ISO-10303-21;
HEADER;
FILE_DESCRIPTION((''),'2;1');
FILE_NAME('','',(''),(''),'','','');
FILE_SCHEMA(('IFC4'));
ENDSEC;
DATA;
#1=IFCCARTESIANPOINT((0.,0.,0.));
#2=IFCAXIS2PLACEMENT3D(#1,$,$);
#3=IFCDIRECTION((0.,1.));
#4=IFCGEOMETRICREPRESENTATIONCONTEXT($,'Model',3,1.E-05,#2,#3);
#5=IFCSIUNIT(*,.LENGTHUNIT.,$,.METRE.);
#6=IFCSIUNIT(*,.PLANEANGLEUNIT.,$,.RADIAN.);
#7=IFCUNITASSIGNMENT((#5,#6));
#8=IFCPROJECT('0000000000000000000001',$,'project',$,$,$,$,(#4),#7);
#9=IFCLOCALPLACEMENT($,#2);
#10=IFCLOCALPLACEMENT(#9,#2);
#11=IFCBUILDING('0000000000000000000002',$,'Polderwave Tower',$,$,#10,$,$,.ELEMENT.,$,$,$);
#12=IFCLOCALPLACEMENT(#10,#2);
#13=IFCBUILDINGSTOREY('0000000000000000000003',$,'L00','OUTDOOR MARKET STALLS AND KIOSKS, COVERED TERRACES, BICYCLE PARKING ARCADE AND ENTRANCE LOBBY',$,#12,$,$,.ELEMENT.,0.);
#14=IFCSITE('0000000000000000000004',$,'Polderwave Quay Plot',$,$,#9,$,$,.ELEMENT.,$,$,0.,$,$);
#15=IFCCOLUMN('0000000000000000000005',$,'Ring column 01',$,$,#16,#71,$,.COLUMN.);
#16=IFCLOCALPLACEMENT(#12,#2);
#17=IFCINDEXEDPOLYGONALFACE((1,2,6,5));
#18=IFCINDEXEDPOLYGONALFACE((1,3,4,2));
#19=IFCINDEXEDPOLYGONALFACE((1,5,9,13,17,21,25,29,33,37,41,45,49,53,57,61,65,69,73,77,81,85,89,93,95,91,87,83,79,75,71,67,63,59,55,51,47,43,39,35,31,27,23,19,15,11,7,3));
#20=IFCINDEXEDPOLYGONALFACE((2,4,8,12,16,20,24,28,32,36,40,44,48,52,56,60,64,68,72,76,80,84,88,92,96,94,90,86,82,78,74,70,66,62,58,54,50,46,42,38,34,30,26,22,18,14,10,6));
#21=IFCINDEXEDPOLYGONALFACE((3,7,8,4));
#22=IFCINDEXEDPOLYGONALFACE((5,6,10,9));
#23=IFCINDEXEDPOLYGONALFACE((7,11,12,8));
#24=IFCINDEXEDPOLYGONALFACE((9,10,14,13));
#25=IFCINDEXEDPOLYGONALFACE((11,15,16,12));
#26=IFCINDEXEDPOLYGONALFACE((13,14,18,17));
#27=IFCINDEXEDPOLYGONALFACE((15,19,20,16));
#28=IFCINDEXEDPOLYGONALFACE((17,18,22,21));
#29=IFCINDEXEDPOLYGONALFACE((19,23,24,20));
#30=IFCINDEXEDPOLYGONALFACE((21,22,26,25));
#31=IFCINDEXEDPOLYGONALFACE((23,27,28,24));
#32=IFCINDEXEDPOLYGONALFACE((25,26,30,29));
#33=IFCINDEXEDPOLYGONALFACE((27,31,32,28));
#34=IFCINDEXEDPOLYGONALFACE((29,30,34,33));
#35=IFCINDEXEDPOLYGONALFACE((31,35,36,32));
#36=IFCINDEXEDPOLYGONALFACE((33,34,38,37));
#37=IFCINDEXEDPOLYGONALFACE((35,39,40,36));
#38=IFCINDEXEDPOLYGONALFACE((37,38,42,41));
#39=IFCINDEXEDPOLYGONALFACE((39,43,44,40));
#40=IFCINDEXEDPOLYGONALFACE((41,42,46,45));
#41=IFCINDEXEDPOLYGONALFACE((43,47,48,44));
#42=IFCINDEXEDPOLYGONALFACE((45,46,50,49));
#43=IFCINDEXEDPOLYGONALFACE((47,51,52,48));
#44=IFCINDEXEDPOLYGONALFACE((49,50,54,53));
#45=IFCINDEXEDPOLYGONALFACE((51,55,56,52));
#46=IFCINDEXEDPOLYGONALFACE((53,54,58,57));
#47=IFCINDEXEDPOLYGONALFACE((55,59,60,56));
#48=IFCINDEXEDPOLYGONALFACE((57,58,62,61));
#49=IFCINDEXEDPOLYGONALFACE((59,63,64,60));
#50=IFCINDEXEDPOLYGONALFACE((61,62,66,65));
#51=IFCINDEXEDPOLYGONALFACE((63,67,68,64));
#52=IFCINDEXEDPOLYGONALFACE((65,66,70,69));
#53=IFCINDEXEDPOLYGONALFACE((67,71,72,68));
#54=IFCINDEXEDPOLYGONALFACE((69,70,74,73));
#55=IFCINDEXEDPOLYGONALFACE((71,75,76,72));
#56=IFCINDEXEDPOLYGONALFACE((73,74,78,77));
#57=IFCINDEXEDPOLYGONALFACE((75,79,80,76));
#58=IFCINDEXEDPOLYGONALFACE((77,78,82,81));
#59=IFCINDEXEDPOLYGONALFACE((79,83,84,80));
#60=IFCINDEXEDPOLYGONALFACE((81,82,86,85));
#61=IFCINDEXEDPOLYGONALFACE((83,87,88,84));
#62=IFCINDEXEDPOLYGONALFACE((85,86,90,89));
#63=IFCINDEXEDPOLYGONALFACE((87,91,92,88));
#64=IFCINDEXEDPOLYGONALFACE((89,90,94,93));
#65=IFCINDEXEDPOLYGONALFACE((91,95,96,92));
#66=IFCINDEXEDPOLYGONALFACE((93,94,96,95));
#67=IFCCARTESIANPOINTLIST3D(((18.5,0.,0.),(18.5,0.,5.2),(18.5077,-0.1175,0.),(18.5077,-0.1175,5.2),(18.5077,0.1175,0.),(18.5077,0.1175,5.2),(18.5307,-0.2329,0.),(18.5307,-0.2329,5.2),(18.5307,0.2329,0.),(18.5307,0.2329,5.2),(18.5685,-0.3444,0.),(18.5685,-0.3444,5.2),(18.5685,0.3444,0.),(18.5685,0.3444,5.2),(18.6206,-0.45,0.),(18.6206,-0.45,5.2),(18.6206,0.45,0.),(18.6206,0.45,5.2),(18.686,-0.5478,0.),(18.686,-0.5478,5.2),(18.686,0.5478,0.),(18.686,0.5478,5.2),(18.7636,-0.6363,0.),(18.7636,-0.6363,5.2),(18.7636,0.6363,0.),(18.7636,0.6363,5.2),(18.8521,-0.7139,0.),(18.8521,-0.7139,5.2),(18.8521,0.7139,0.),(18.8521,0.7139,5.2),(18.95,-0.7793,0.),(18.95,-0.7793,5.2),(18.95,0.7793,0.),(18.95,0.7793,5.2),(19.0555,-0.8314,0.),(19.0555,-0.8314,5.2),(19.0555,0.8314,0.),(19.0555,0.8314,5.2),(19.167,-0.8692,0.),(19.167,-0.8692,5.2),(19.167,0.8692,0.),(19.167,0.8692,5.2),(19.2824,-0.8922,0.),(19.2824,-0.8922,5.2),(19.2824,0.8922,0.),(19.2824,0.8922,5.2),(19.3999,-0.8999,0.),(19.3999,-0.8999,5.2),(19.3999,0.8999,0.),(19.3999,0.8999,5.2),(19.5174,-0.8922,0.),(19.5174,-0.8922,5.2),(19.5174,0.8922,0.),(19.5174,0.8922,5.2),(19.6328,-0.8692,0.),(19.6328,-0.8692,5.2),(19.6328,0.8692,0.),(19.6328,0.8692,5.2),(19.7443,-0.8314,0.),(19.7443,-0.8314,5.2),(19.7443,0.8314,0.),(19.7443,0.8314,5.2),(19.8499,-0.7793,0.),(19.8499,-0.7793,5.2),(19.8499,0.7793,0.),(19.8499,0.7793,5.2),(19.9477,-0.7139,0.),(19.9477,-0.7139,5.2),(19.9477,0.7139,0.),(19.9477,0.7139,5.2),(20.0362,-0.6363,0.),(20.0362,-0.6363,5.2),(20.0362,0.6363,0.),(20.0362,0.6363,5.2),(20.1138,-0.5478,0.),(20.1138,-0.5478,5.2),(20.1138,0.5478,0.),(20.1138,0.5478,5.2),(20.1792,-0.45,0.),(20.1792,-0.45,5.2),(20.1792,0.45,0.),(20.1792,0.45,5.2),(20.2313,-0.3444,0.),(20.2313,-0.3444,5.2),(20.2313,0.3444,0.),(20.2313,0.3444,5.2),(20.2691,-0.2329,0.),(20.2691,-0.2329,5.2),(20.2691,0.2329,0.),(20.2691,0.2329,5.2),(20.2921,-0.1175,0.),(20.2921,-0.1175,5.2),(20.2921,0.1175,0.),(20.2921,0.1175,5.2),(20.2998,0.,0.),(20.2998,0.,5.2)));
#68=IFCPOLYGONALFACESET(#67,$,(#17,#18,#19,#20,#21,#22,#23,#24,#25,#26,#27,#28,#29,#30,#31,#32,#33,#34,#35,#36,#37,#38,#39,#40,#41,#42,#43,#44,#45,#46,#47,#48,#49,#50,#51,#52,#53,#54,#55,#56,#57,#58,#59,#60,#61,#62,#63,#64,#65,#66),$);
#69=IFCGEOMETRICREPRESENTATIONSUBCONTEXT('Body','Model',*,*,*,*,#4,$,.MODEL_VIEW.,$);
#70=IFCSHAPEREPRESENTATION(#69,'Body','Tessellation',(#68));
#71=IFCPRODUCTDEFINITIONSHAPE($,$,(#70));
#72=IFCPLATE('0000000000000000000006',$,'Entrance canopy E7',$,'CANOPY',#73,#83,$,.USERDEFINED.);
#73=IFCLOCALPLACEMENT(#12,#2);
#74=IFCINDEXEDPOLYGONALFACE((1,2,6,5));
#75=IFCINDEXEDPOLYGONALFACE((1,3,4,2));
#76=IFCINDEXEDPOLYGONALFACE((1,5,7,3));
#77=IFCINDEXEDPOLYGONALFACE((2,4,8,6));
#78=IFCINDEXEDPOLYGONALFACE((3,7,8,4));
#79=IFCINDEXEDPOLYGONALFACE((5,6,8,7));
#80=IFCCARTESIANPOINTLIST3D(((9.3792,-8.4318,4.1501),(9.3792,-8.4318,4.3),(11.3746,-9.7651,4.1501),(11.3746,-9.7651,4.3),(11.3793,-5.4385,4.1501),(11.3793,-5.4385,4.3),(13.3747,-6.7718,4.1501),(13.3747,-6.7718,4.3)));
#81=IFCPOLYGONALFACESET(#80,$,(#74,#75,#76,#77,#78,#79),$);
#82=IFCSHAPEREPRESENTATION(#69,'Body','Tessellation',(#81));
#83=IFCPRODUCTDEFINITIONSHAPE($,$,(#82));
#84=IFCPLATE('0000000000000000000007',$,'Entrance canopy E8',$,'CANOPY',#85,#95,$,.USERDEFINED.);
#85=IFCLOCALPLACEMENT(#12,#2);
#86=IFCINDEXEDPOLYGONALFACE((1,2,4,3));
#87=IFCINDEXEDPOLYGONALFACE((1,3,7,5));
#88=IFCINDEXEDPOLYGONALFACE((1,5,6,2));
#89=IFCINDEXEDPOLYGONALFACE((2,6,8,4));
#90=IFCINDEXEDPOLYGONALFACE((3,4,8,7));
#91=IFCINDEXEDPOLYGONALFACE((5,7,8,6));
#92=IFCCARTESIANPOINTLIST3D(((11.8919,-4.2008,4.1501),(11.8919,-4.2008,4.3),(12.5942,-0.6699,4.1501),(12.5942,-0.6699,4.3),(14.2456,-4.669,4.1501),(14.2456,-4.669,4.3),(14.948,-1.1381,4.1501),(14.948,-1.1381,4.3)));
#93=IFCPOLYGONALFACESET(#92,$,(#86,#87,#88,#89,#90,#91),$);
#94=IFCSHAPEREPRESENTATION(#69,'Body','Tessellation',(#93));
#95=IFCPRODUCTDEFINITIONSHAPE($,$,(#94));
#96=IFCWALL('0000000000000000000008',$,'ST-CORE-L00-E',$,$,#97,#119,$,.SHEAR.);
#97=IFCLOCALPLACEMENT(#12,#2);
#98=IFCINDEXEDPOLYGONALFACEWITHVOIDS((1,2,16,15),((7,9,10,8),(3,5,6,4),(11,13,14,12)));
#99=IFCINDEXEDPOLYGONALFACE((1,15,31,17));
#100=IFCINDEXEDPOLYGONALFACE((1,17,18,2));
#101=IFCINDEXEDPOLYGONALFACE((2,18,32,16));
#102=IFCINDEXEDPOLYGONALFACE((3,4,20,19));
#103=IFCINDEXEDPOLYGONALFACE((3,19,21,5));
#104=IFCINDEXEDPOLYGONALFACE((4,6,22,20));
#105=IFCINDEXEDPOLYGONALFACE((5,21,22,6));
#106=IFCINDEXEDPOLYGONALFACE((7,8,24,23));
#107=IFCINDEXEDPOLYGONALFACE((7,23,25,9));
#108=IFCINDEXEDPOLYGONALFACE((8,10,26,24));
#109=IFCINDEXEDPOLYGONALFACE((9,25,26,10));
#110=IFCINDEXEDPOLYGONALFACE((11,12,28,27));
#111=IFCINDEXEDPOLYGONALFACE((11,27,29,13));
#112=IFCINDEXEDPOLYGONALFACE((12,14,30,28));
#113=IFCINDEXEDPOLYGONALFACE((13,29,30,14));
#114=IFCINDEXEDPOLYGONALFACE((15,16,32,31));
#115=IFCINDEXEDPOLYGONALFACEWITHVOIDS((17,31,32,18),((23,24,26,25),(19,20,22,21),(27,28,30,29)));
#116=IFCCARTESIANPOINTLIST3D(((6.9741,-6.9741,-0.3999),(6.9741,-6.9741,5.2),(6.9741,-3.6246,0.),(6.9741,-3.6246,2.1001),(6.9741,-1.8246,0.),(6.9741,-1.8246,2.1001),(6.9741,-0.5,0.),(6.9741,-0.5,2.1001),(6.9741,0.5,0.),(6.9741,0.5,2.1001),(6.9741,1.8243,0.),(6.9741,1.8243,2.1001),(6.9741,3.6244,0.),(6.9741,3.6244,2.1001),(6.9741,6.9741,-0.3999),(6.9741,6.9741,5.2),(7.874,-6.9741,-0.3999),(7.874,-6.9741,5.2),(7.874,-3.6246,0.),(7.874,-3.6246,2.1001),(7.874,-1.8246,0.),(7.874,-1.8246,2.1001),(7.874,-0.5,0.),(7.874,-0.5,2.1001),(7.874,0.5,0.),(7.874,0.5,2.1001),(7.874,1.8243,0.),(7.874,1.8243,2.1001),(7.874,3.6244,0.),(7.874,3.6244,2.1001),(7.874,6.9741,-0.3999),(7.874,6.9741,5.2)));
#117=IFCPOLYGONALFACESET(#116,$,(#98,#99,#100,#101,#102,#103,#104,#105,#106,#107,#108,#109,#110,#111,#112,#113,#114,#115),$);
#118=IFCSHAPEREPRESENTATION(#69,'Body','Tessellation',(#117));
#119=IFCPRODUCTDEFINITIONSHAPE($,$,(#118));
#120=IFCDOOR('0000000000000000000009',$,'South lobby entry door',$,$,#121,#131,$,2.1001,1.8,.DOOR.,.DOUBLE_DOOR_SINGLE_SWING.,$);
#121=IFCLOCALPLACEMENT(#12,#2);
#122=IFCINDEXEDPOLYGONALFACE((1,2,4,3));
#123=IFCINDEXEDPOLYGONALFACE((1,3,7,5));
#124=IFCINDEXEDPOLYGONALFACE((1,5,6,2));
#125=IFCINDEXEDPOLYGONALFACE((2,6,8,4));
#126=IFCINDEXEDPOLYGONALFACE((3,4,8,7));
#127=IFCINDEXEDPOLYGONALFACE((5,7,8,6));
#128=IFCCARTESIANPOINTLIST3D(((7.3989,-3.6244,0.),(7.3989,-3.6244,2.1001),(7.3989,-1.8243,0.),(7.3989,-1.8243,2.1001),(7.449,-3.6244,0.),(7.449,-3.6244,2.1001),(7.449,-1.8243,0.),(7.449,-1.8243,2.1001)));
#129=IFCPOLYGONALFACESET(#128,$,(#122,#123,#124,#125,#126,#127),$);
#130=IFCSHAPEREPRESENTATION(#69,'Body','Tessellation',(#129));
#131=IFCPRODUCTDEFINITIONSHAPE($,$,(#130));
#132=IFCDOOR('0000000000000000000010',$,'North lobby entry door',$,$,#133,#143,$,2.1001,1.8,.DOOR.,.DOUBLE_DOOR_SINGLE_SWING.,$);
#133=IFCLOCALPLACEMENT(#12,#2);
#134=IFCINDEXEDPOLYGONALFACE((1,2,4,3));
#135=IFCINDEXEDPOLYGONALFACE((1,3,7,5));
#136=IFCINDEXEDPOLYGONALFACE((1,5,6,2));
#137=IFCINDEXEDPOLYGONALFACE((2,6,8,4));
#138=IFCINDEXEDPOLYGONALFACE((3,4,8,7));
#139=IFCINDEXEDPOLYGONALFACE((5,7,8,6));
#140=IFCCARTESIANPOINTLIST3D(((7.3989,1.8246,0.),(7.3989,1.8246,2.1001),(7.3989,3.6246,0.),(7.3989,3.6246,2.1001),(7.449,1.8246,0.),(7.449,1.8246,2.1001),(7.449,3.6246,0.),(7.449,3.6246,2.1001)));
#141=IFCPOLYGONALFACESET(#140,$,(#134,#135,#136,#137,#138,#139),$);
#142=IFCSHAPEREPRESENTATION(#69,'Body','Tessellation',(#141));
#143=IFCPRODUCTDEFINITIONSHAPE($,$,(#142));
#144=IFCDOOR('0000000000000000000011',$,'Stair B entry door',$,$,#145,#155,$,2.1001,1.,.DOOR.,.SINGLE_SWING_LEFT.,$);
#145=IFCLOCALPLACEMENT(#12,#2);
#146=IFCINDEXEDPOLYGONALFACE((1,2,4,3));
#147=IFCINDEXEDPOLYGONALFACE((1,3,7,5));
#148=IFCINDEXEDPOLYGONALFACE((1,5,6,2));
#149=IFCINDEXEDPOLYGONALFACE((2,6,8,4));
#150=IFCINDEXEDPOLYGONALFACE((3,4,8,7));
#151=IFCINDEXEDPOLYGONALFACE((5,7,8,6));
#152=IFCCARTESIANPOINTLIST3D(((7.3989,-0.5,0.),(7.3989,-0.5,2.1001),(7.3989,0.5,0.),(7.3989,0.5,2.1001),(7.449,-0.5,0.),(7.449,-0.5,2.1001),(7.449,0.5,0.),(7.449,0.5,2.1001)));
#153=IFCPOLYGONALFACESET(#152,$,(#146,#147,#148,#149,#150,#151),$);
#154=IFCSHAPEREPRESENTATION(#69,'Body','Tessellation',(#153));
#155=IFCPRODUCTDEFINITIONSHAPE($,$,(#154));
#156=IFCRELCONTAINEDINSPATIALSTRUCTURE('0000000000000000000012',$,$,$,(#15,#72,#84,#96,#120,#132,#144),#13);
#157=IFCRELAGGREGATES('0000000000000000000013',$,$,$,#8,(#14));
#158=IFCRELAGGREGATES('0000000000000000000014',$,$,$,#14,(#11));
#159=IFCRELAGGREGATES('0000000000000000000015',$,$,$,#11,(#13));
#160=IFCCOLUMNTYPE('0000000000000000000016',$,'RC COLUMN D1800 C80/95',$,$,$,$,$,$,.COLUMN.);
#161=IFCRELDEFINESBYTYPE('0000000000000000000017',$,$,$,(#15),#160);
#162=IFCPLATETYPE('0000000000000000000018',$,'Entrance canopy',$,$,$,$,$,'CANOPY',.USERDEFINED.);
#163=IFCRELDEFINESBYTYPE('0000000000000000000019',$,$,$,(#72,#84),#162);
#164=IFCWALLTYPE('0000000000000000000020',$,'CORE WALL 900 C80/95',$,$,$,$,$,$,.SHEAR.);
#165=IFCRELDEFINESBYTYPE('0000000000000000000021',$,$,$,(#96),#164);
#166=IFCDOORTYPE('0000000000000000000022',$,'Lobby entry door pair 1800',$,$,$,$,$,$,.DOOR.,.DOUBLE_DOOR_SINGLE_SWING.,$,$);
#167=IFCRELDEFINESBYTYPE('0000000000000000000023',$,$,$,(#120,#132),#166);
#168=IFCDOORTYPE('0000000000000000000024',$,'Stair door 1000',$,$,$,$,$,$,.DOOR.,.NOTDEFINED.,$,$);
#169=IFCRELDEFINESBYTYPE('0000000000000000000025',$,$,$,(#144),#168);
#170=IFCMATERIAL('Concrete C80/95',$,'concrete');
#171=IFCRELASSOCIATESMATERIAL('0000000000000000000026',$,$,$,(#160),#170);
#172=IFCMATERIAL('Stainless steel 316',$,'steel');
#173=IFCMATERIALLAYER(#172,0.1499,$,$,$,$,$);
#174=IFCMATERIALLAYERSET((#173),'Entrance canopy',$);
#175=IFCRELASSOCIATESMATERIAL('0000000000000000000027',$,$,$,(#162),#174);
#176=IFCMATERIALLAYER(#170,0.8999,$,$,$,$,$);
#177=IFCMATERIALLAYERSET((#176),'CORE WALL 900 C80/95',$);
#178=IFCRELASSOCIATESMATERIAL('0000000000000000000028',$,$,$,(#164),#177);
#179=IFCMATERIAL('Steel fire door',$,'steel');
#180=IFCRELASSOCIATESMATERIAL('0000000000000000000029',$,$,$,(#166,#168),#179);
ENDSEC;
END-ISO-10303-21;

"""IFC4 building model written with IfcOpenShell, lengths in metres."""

from ifc_helpers import new_model, si_unit, direction, frame, frame_2d, origin, origin_2d, place, context, subcontext, project, spatial, rectangle, circle, extrude, material, layer, layer_set, material_profile, profile_set, type_object, element, fill, save


model = new_model("IFC4")

# Units and contexts
model_context = context("Model", 3, precision=1e-05, world=origin(), true_north=direction((0.0, 1.0)))
body_context = subcontext(model_context, "Body", "Model", "MODEL_VIEW")
ifc_project = project(units=[si_unit("LENGTHUNIT", "METRE"), si_unit("PLANEANGLEUNIT", "RADIAN")], contexts=[model_context])

# Site, building, storey
site_placement = place(None, origin())
site = spatial("IfcSite", under=ifc_project, at=site_placement, Name="Polderwave Quay Plot", CompositionType="ELEMENT", RefElevation=0.0)
building_placement = place(site_placement, origin())
building = spatial("IfcBuilding", under=site, at=building_placement, Name="Polderwave Tower", CompositionType="ELEMENT")
storey_placement = place(building_placement, origin())
storey = spatial("IfcBuildingStorey", under=building, at=storey_placement, Name="L00", Description="OUTDOOR MARKET STALLS AND KIOSKS, COVERED TERRACES, BICYCLE PARKING ARCADE AND ENTRANCE LOBBY", CompositionType="ELEMENT", Elevation=0.0)

# Column
ifc_material_1 = material(Name="Concrete C80/95", Category="concrete")
ifc_material_profile_1 = material_profile(ifc_material_1, circle(Radius=0.8999, at=origin_2d()), Name="RC D1800")
ifc_profile_set_1 = profile_set([ifc_material_profile_1], Name="Concrete C80/95")
column_type = type_object("IfcColumnType", Name="RC COLUMN D1800 C80/95", PredefinedType="COLUMN", material=ifc_profile_set_1)
for number, where, z_axis, x_axis, name in (
    (1, (19.3999, 0.0, 0.0), (0.0, 0.0, 1.0), (1.0, 0.0, 0.0), "Ring column 01"),
):
    element("IfcColumn", number, at=place(storey_placement, frame(where, z_axis=z_axis, x_axis=x_axis)), inside=storey, type_object=column_type, Name=name, PredefinedType="COLUMN", context=body_context, shape_type="SweptSolid", body=[
        extrude(circle(Radius=0.8999, at=origin_2d()), origin(), (0.0, 0.0, 1.0), 5.2),
    ])

# Plates
ifc_material_2 = material(Name="Stainless steel 316", Category="steel")
ifc_layer_1 = layer(ifc_material_2, 0.1499)
ifc_layer_set_1 = layer_set([ifc_layer_1], Name="Entrance canopy")
plate_type = type_object("IfcPlateType", Name="Entrance canopy", ElementType="CANOPY", PredefinedType="USERDEFINED", material=ifc_layer_set_1)
for number, where, z_axis, x_axis, name in (
    (2, (11.377, -7.6018, 4.1501), (0.0, 0.0, 1.0), (0.55557, 0.83147, 0.0), "Entrance canopy E7"),
    (3, (13.4199, -2.6694, 4.1501), (0.0, 0.0, 1.0), (0.19509, 0.980785, 0.0), "Entrance canopy E8"),
):
    element("IfcPlate", number, at=place(storey_placement, frame(where, z_axis=z_axis, x_axis=x_axis)), inside=storey, type_object=plate_type, Name=name, ObjectType="CANOPY", PredefinedType="USERDEFINED", context=body_context, shape_type="SweptSolid", body=[
        extrude(rectangle(XDim=3.6001, YDim=2.3999, at=origin_2d()), origin(), (0.0, 0.0, 1.0), 0.1499),
    ])

# Wall, openings, doors
ifc_layer_2 = layer(ifc_material_1, 0.8999)
ifc_layer_set_2 = layer_set([ifc_layer_2], Name="CORE WALL 900 C80/95")
wall_type_1 = type_object("IfcWallType", Name="CORE WALL 900 C80/95", PredefinedType="SHEAR", material=ifc_layer_set_2)
wall_1_placement = place(storey_placement, frame((7.4241, -6.9741, -0.3999), z_axis=(0.0, 0.0, 1.0), x_axis=(0.0, 1.0, 0.0)))
wall_1 = element("IfcWall", 4, at=wall_1_placement, inside=storey, type_object=wall_type_1, Name="ST-CORE-L00-E", PredefinedType="SHEAR", context=body_context, shape_type="SweptSolid", body=[
    extrude(rectangle(XDim=13.9482, YDim=0.8999, at=frame_2d((6.9741, 0.0))), origin(), (0.0, 0.0, 1.0), 5.5999),
])
opening_1_placement = place(wall_1_placement, frame((6.4741, 0.0, 0.3999)))
opening_1 = element("IfcOpeningElement", 5, at=opening_1_placement, cuts=wall_1, PredefinedType="OPENING", context=body_context, shape_type="SweptSolid", body=[
    extrude(rectangle(XDim=1.0, YDim=2.1001, at=frame_2d((0.5, 1.05))), frame((0.0, 0.46, 0.0), z_axis=(0.0, -1.0, 0.0), x_axis=(1.0, 0.0, 0.0)), (0.0, 0.0, 1.0), 0.9199),
])
opening_2_placement = place(wall_1_placement, frame((3.3496, 0.0, 0.3999)))
opening_2 = element("IfcOpeningElement", 6, at=opening_2_placement, cuts=wall_1, PredefinedType="OPENING", context=body_context, shape_type="SweptSolid", body=[
    extrude(rectangle(XDim=1.8, YDim=2.1001, at=frame_2d((0.8999, 1.05))), frame((0.0, 0.46, 0.0), z_axis=(0.0, -1.0, 0.0), x_axis=(1.0, 0.0, 0.0)), (0.0, 0.0, 1.0), 0.9199),
])
opening_3_placement = place(wall_1_placement, frame((8.7986, 0.0, 0.3999)))
opening_3 = element("IfcOpeningElement", 7, at=opening_3_placement, cuts=wall_1, PredefinedType="OPENING", context=body_context, shape_type="SweptSolid", body=[
    extrude(rectangle(XDim=1.8, YDim=2.1001, at=frame_2d((0.8999, 1.05))), frame((0.0, 0.46, 0.0), z_axis=(0.0, -1.0, 0.0), x_axis=(1.0, 0.0, 0.0)), (0.0, 0.0, 1.0), 0.9199),
])
ifc_material_3 = material(Name="Steel fire door", Category="steel")
door_type_1 = type_object("IfcDoorType", Name="Lobby entry door pair 1800", OperationType="DOUBLE_DOOR_SINGLE_SWING", PredefinedType="DOOR", material=ifc_material_3)
door_1_placement = place(opening_2_placement, frame((1.8, 0.0, 0.0), z_axis=(0.0, 0.0, 1.0), x_axis=(-1.0, 0.0, 0.0)))
door_1 = element("IfcDoor", 8, at=door_1_placement, inside=storey, type_object=door_type_1, Name="South lobby entry door", OperationType="DOUBLE_DOOR_SINGLE_SWING", OverallHeight=2.1001, OverallWidth=1.8, PredefinedType="DOOR", context=body_context, shape_type="SweptSolid", body=[
    extrude(rectangle(XDim=1.8, YDim=2.1001, at=frame_2d((0.8999, 1.05))), frame((0.0, 0.0249, 0.0), z_axis=(0.0, -1.0, 0.0), x_axis=(1.0, 0.0, 0.0)), (0.0, 0.0, 1.0), 0.05),
])
fill(opening_2, door_1)
door_2_placement = place(opening_3_placement, frame((1.8, 0.0, 0.0), z_axis=(0.0, 0.0, 1.0), x_axis=(-1.0, 0.0, 0.0)))
door_2 = element("IfcDoor", 9, at=door_2_placement, inside=storey, type_object=door_type_1, Name="North lobby entry door", OperationType="DOUBLE_DOOR_SINGLE_SWING", OverallHeight=2.1001, OverallWidth=1.8, PredefinedType="DOOR", context=body_context, shape_type="SweptSolid", body=[
    extrude(rectangle(XDim=1.8, YDim=2.1001, at=frame_2d((0.8999, 1.05))), frame((0.0, 0.0249, 0.0), z_axis=(0.0, -1.0, 0.0), x_axis=(1.0, 0.0, 0.0)), (0.0, 0.0, 1.0), 0.05),
])
fill(opening_3, door_2)
door_type_2 = type_object("IfcDoorType", Name="Stair door 1000", OperationType="NOTDEFINED", PredefinedType="DOOR", material=ifc_material_3)
door_3_placement = place(opening_1_placement, frame((1.0, 0.0, 0.0), z_axis=(0.0, 0.0, 1.0), x_axis=(-1.0, 0.0, 0.0)))
door_3 = element("IfcDoor", 10, at=door_3_placement, inside=storey, type_object=door_type_2, Name="Stair B entry door", OperationType="SINGLE_SWING_LEFT", OverallHeight=2.1001, OverallWidth=1.0, PredefinedType="DOOR", context=body_context, shape_type="SweptSolid", body=[
    extrude(rectangle(XDim=1.0, YDim=2.1001, at=frame_2d((0.5, 1.05))), frame((0.0, 0.0249, 0.0), z_axis=(0.0, -1.0, 0.0), x_axis=(1.0, 0.0, 0.0)), (0.0, 0.0, 1.0), 0.05),
])
fill(opening_1, door_3)

save(model, "model.ifc")
